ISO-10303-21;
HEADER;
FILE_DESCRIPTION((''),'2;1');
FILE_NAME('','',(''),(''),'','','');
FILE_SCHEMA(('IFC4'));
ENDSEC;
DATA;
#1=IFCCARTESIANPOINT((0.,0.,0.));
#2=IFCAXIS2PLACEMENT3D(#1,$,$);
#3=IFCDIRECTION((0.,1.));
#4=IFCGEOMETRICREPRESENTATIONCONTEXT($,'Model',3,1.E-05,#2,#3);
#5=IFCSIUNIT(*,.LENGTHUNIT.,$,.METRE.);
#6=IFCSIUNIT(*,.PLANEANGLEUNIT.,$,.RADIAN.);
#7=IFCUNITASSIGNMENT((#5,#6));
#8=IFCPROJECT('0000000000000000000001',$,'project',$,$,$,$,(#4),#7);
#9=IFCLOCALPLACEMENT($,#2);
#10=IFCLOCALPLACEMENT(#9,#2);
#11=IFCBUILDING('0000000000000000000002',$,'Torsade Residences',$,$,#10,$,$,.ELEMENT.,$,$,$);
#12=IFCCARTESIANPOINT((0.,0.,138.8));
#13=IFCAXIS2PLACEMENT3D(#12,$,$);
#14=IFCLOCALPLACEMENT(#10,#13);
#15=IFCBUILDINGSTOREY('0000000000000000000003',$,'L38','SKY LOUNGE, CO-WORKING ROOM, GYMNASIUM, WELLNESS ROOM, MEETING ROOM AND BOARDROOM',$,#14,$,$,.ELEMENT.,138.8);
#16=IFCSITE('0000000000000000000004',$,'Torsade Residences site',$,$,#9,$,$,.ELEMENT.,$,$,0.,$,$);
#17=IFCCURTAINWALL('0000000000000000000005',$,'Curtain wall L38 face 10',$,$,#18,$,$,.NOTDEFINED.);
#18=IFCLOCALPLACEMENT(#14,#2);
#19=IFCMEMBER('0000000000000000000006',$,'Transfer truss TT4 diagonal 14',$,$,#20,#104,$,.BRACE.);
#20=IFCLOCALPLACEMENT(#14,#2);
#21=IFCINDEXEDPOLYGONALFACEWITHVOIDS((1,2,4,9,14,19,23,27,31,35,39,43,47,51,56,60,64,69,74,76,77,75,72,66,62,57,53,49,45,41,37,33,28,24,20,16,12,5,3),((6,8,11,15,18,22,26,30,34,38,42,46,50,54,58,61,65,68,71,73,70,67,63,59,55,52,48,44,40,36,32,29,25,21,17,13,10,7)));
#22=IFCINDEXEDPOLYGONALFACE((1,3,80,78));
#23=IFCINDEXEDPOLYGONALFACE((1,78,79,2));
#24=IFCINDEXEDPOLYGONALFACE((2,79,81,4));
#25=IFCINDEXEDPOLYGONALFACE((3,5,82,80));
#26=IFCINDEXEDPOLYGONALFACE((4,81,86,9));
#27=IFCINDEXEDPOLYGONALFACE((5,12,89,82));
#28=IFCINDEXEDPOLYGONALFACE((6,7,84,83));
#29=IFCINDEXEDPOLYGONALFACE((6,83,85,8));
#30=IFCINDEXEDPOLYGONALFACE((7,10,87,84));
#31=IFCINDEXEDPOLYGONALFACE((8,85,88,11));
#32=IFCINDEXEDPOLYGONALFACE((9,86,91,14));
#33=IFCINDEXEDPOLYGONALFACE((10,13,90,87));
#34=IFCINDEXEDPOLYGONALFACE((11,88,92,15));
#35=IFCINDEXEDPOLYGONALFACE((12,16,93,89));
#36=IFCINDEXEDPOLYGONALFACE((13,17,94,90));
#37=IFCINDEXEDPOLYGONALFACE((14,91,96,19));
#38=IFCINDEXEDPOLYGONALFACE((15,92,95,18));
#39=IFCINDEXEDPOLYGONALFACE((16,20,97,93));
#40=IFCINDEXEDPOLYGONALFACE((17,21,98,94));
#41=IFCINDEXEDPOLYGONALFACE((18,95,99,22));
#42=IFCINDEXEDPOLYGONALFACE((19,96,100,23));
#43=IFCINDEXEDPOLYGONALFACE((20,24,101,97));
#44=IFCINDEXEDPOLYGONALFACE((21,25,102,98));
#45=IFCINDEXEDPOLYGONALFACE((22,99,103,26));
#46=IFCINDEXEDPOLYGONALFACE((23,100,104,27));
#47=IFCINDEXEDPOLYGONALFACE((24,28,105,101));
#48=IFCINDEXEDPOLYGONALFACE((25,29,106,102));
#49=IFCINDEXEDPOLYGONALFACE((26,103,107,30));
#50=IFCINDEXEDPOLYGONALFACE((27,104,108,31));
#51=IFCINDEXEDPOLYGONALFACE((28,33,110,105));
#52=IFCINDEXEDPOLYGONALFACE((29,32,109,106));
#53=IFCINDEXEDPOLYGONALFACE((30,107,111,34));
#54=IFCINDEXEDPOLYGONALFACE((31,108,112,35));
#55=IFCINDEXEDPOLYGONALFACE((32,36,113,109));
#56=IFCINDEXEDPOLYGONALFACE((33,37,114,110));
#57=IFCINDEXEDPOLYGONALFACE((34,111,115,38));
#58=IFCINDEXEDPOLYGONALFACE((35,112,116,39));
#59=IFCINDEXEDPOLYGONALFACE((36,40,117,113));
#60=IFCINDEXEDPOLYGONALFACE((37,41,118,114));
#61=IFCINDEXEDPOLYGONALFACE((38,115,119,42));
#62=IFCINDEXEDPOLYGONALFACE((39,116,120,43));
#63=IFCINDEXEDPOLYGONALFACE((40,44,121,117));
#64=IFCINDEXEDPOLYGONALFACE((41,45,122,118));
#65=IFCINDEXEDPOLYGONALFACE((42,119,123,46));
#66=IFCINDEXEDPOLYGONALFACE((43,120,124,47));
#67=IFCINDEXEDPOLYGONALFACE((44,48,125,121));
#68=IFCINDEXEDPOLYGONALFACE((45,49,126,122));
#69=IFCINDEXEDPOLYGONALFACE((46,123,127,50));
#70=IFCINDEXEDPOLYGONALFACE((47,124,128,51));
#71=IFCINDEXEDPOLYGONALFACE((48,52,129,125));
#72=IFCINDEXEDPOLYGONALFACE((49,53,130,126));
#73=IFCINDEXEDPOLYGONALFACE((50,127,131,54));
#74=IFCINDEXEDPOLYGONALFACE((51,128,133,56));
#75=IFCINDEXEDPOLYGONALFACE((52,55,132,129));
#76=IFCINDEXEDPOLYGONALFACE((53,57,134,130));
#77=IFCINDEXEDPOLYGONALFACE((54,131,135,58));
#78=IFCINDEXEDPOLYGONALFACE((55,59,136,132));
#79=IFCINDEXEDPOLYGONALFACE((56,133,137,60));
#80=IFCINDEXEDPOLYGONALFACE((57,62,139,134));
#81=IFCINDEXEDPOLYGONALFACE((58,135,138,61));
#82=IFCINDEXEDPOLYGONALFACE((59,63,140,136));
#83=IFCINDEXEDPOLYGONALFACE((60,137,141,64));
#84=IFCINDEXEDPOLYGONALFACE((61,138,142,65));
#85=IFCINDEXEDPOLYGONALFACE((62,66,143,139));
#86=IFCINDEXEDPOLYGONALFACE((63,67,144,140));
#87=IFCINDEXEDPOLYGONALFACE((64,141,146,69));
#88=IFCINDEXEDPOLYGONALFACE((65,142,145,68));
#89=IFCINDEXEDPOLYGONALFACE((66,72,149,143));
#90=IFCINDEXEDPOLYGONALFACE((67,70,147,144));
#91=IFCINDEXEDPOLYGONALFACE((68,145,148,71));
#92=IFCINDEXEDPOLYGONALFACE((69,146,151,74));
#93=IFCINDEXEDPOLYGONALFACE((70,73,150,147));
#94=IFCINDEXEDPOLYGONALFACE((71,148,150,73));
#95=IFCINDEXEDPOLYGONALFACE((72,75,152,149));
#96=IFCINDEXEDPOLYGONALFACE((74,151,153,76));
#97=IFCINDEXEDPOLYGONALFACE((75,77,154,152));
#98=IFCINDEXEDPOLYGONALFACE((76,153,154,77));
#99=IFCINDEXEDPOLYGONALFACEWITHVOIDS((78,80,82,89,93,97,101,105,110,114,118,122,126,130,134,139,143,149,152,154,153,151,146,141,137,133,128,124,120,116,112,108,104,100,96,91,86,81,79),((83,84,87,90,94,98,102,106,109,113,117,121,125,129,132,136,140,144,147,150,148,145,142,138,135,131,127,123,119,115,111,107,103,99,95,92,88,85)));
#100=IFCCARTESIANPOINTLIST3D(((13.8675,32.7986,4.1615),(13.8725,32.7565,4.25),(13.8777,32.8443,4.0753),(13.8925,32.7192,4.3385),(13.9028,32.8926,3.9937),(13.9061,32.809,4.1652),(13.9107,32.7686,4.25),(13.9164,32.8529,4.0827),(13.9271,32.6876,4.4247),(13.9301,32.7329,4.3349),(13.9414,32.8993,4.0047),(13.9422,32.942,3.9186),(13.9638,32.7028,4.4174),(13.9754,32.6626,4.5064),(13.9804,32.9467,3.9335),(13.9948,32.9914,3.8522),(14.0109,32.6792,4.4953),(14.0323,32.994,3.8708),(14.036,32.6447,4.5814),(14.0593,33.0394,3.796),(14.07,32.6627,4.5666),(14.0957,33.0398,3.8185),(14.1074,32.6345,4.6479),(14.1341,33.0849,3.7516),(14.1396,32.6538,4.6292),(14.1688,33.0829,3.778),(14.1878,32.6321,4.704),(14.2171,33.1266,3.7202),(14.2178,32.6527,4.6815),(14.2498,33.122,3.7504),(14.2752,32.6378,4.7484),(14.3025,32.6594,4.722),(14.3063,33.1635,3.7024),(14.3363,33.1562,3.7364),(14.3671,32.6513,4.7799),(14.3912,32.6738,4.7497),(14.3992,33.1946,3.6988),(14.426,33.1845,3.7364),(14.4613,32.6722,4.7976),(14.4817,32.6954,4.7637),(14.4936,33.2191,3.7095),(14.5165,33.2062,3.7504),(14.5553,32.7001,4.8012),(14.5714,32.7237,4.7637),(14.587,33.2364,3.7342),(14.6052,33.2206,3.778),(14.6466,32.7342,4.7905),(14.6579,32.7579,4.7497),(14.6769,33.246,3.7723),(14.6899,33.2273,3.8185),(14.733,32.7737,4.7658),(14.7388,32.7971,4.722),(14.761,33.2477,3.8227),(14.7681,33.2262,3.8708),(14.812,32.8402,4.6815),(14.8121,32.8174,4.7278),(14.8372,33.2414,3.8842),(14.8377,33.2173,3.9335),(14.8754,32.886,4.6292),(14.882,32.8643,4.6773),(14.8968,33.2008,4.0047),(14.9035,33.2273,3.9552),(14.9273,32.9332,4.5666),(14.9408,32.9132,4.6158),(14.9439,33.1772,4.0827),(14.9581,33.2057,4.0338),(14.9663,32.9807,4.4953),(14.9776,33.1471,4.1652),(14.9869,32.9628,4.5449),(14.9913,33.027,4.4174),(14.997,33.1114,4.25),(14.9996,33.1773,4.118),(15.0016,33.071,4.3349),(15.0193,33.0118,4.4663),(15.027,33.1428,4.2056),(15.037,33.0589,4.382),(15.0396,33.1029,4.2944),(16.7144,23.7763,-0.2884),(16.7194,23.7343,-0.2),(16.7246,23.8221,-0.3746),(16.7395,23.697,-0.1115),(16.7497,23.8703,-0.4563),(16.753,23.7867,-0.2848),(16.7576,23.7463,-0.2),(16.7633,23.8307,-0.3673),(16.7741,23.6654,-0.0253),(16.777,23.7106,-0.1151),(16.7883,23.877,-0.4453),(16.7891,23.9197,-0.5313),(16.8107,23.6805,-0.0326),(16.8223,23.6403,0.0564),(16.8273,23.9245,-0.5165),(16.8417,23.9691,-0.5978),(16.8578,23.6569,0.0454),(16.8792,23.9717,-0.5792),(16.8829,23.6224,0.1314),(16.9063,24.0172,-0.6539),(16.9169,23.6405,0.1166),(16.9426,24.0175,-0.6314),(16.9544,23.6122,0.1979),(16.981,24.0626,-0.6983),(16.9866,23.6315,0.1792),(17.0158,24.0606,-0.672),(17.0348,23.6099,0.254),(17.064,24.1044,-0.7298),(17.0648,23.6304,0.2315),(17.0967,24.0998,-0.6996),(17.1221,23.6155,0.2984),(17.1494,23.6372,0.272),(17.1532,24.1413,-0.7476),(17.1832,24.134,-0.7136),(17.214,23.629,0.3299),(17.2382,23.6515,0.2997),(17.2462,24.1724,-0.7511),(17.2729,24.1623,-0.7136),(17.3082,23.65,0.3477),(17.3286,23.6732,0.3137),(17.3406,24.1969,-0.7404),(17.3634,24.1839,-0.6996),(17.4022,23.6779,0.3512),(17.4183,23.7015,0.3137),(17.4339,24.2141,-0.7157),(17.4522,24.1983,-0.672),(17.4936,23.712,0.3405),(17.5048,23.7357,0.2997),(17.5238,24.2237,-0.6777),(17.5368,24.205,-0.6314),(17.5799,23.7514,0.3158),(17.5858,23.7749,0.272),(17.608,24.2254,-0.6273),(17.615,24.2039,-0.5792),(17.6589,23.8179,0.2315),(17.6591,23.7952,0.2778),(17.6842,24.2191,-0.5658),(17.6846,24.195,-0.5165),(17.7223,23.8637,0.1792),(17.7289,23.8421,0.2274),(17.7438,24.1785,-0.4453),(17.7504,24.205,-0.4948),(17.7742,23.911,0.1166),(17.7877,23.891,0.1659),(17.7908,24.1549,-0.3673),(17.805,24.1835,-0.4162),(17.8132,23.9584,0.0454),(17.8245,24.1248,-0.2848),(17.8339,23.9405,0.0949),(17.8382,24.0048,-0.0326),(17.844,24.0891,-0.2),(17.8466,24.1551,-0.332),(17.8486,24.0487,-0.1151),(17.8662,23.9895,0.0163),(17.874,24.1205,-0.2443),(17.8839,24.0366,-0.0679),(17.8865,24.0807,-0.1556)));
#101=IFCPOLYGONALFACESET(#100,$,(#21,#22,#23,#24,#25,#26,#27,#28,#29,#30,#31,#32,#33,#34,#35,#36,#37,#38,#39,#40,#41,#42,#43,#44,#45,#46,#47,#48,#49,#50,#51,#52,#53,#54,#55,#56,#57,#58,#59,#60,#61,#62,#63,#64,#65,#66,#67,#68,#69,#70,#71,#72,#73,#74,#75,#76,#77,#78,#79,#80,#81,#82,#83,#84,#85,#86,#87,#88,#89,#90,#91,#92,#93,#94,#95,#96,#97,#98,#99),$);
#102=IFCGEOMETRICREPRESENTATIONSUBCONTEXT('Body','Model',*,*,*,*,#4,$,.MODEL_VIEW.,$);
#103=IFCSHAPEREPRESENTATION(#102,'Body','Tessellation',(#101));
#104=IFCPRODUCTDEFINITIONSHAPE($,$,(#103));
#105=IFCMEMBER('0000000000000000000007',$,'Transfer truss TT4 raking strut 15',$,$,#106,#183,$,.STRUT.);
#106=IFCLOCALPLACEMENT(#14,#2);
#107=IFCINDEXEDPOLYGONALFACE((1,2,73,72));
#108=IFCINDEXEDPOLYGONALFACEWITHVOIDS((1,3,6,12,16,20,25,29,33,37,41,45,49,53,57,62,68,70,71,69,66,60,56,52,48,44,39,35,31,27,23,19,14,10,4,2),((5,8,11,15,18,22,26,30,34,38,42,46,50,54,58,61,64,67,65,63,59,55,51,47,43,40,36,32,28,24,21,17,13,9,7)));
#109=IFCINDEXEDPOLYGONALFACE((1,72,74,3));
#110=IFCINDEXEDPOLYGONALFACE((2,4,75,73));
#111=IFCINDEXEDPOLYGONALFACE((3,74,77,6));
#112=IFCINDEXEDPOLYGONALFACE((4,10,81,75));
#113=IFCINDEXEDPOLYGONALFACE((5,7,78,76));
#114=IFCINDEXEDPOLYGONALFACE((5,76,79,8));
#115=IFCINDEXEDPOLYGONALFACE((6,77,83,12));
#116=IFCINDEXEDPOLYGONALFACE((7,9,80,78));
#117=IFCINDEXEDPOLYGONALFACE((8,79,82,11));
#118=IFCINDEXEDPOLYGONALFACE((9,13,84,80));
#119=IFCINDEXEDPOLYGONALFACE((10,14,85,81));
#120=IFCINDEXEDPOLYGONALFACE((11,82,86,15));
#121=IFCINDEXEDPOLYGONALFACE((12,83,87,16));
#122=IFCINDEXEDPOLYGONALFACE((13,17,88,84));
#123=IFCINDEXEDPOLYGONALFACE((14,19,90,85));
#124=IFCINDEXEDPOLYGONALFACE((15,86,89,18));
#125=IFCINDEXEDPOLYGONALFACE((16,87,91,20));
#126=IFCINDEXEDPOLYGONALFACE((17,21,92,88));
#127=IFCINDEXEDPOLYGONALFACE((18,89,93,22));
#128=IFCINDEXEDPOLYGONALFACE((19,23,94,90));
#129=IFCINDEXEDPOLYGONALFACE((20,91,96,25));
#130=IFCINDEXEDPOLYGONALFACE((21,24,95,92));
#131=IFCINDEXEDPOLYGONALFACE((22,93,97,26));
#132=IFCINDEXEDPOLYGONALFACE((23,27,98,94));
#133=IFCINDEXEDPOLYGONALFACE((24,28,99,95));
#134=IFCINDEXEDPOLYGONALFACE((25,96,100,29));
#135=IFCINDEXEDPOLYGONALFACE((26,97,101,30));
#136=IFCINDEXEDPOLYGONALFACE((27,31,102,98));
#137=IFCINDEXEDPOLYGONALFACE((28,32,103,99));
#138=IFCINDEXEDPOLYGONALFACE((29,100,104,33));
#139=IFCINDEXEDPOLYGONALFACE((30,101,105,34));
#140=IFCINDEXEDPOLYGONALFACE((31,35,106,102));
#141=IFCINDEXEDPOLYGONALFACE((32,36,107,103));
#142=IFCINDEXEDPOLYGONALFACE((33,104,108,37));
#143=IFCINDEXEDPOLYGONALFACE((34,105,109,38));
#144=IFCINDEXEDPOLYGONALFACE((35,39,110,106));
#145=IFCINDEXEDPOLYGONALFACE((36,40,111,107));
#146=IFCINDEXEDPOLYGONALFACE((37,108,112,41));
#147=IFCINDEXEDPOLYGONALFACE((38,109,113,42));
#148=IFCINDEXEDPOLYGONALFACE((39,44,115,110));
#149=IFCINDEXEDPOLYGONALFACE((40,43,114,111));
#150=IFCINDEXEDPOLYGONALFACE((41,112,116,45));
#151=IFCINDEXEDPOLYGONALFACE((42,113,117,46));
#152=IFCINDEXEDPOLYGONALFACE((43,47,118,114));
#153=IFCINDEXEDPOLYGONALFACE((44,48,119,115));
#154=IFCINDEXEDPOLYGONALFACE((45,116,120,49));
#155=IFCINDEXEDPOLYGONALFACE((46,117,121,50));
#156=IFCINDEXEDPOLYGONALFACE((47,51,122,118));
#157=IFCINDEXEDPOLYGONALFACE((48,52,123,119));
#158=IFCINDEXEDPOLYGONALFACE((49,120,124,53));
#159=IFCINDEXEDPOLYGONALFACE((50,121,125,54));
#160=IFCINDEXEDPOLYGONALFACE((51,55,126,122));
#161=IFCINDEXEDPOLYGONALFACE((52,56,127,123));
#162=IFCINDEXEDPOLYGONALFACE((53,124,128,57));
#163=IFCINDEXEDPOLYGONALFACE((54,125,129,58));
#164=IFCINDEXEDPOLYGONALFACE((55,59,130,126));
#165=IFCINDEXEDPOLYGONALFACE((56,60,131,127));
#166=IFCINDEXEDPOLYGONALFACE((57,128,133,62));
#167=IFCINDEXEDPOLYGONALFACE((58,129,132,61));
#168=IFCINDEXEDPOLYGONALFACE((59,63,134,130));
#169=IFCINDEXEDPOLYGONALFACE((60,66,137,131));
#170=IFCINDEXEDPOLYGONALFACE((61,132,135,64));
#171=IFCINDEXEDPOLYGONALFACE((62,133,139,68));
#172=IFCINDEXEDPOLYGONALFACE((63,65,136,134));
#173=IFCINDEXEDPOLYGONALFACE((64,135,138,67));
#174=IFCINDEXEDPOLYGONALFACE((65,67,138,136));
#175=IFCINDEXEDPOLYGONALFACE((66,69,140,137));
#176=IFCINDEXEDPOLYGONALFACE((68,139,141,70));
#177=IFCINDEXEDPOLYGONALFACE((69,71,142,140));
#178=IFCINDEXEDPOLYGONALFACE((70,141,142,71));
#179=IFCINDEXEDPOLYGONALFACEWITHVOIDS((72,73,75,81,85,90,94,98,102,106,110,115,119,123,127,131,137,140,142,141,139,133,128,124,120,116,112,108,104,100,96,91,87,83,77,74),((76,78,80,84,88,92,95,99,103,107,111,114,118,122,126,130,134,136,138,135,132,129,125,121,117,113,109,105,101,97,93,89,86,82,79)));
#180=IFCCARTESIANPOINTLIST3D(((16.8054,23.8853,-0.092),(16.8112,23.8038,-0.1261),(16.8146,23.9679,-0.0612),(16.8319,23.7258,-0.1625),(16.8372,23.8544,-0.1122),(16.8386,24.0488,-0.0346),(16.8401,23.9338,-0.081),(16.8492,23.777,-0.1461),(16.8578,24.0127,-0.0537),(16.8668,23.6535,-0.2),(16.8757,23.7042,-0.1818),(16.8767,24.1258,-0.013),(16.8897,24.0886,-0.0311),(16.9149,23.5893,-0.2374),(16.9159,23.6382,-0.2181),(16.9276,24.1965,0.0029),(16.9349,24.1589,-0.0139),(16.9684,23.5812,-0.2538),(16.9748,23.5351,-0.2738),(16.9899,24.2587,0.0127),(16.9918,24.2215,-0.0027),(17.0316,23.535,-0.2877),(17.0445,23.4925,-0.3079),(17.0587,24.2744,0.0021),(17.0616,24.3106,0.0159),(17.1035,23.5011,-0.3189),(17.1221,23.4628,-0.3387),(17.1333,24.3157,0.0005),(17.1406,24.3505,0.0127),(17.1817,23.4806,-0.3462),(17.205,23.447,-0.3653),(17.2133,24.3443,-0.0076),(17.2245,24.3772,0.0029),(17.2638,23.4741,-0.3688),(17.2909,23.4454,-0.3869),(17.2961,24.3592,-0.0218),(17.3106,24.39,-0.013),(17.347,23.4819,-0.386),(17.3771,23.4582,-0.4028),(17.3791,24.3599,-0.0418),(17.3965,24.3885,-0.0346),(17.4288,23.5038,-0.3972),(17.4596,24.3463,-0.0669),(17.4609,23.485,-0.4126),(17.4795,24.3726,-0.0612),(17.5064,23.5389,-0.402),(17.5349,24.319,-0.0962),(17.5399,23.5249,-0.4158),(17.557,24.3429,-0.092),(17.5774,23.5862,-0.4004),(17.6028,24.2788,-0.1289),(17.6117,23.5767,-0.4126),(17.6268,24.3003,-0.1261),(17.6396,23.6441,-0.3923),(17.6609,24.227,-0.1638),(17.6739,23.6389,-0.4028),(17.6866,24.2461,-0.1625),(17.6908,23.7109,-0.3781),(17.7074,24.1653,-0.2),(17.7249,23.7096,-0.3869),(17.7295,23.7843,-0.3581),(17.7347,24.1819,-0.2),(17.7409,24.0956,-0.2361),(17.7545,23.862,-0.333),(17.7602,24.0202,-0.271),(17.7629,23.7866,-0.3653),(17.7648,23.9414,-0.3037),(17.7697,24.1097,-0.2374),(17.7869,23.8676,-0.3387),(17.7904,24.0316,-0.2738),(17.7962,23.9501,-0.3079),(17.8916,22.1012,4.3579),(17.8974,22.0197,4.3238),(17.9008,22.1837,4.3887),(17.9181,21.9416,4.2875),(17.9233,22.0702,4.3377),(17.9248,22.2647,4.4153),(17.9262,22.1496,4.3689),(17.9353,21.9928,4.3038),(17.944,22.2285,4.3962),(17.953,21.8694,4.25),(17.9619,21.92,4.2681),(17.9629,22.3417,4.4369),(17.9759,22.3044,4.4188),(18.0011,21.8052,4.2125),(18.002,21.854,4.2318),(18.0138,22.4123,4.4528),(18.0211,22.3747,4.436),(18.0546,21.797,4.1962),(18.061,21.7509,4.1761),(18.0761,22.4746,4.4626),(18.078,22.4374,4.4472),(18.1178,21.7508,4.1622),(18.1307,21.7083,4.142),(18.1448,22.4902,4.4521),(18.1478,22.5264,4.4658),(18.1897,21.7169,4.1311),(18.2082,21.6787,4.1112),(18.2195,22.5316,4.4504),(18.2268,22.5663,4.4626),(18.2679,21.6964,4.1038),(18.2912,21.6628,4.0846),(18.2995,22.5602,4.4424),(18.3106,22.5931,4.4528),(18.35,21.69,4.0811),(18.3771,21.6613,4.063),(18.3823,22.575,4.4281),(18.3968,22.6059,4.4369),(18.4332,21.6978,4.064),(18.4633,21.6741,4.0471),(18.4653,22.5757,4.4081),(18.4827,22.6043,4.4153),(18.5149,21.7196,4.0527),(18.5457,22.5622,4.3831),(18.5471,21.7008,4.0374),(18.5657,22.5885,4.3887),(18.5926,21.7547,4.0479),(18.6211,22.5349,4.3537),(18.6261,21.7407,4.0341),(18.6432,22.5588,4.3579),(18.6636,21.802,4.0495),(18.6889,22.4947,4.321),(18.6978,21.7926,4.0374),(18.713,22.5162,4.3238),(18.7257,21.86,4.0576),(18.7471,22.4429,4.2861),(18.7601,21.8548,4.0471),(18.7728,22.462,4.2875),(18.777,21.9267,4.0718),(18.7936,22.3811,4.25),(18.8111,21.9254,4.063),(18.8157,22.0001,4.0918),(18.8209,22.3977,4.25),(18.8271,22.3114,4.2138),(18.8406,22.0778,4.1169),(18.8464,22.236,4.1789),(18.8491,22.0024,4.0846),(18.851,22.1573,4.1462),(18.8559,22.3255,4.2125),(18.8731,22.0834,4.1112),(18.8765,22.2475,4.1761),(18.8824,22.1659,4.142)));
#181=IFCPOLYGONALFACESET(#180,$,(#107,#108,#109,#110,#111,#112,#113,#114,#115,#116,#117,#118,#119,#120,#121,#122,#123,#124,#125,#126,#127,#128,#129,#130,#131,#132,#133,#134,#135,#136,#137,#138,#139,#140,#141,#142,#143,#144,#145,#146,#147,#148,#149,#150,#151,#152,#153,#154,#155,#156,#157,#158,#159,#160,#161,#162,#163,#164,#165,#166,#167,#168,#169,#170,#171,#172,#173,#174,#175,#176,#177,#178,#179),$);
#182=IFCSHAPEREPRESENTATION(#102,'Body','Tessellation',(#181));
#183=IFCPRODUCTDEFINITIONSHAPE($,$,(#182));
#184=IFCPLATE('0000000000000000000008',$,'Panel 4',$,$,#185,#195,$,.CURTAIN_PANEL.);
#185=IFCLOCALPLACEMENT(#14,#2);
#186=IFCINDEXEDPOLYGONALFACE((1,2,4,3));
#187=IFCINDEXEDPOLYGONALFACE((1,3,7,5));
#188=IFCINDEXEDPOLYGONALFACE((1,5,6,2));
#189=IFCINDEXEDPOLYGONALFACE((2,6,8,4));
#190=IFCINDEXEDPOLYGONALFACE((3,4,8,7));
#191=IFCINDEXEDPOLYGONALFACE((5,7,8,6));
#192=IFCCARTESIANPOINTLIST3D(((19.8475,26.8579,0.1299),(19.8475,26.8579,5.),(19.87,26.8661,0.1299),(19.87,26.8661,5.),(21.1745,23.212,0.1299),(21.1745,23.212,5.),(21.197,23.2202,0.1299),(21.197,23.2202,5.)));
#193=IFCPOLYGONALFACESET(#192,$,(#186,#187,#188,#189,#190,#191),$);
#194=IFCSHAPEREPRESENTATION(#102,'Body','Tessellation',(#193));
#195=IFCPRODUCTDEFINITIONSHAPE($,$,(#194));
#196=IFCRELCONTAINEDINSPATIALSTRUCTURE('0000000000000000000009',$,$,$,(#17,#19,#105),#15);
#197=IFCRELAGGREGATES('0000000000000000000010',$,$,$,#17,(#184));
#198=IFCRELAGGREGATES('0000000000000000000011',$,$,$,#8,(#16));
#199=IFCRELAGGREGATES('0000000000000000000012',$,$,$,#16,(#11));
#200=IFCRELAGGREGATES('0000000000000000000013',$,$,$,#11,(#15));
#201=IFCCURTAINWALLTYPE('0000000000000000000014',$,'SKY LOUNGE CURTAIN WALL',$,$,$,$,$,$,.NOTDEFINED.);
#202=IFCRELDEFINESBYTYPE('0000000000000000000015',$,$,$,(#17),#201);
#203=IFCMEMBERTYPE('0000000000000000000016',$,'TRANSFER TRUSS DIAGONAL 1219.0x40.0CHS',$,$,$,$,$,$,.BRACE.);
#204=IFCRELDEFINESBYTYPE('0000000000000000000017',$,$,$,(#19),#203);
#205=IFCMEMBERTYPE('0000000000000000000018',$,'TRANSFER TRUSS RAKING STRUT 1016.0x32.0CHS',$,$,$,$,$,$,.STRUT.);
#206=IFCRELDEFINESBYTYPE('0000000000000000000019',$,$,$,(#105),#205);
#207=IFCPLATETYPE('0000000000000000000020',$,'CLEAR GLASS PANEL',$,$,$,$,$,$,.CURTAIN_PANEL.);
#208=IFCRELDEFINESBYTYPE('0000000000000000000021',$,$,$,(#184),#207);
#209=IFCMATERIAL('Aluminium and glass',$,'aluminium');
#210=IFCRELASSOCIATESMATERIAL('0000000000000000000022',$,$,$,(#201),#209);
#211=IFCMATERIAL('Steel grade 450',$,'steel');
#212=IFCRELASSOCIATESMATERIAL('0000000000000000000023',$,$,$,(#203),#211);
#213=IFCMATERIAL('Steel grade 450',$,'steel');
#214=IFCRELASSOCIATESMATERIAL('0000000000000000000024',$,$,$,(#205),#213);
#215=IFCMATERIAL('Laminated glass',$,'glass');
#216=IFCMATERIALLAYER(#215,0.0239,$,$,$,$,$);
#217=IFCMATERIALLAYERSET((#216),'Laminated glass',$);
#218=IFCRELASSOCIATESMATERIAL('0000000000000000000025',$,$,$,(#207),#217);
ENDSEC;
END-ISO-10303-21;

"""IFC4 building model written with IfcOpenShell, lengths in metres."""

from ifc_helpers import new_model, si_unit, direction, frame, origin, origin_2d, place, context, subcontext, project, spatial, rectangle, hollow_circle, extrude, material, layer, layer_set, material_profile, profile_set, type_object, element, aggregate, save


model = new_model("IFC4")

# Units and contexts
model_context = context("Model", 3, precision=1e-05, world=origin(), true_north=direction((0.0, 1.0)))
body_context = subcontext(model_context, "Body", "Model", "MODEL_VIEW")
ifc_project = project(units=[si_unit("LENGTHUNIT", "METRE"), si_unit("PLANEANGLEUNIT", "RADIAN")], contexts=[model_context])

# Site, building, storey
site_placement = place(None, origin())
site = spatial("IfcSite", under=ifc_project, at=site_placement, Name="Torsade Residences site", CompositionType="ELEMENT", RefElevation=0.0)
building_placement = place(site_placement, origin())
building = spatial("IfcBuilding", under=site, at=building_placement, Name="Torsade Residences", CompositionType="ELEMENT")
storey_placement = place(building_placement, frame((0.0, 0.0, 138.8)))
storey = spatial("IfcBuildingStorey", under=building, at=storey_placement, Name="L38", Description="SKY LOUNGE, CO-WORKING ROOM, GYMNASIUM, WELLNESS ROOM, MEETING ROOM AND BOARDROOM", CompositionType="ELEMENT", Elevation=138.8)

# Curtain wall
ifc_material_1 = material(Name="Aluminium and glass", Category="aluminium")
curtain_wall_type = type_object("IfcCurtainWallType", Name="SKY LOUNGE CURTAIN WALL", PredefinedType="NOTDEFINED", material=ifc_material_1)
curtain_wall_placement = place(storey_placement, origin())
curtain_wall = element("IfcCurtainWall", 1, at=curtain_wall_placement, inside=storey, type_object=curtain_wall_type, Name="Curtain wall L38 face 10", PredefinedType="NOTDEFINED")

# Members
ifc_material_2 = material(Name="Steel grade 450", Category="steel")
ifc_material_profile_1 = material_profile(ifc_material_2, hollow_circle(Radius=0.6096, WallThickness=0.04, at=origin_2d()), Name="1219.0x40.0CHS")
ifc_profile_set_1 = profile_set([ifc_material_profile_1], Name="Steel grade 450")
member_type_1 = type_object("IfcMemberType", Name="TRANSFER TRUSS DIAGONAL 1219.0x40.0CHS", PredefinedType="BRACE", material=ifc_profile_set_1)
member_1_placement = place(storey_placement, frame((17.3008, 23.9177, -0.2), z_axis=(-0.272302, 0.862956, 0.425628), x_axis=(-0.953649, -0.30092, 0.0)))
element("IfcMember", 2, at=member_1_placement, inside=storey, type_object=member_type_1, Name="Transfer truss TT4 diagonal 14", PredefinedType="BRACE", context=body_context, shape_type="SweptSolid", body=[
    extrude(hollow_circle(Radius=0.6096, WallThickness=0.04, at=origin_2d()), origin(), (0.0, 0.0, 1.0), 10.4551),
])
ifc_material_3 = material(Name="Steel grade 450", Category="steel")
ifc_material_profile_2 = material_profile(ifc_material_3, hollow_circle(Radius=0.5081, WallThickness=0.032, at=origin_2d()), Name="1016.0x32.0CHS")
ifc_profile_set_2 = profile_set([ifc_material_profile_2], Name="Steel grade 450")
member_type_2 = type_object("IfcMemberType", Name="TRANSFER TRUSS RAKING STRUT 1016.0x32.0CHS", PredefinedType="STRUT", material=ifc_profile_set_2)
member_2_placement = place(storey_placement, frame((17.3008, 23.9177, -0.2), z_axis=(0.220957, -0.362948, 0.905233), x_axis=(0.854165, 0.520003, 0.0)))
element("IfcMember", 3, at=member_2_placement, inside=storey, type_object=member_type_2, Name="Transfer truss TT4 raking strut 15", PredefinedType="STRUT", context=body_context, shape_type="SweptSolid", body=[
    extrude(hollow_circle(Radius=0.5081, WallThickness=0.032, at=origin_2d()), origin(), (0.0, 0.0, 1.0), 4.9158),
])

# Plate
ifc_material_4 = material(Name="Laminated glass", Category="glass")
ifc_layer_1 = layer(ifc_material_4, 0.0239)
ifc_layer_set_1 = layer_set([ifc_layer_1], Name="Laminated glass")
plate_type = type_object("IfcPlateType", Name="CLEAR GLASS PANEL", PredefinedType="CURTAIN_PANEL", material=ifc_layer_set_1)
plate_1_placement = place(storey_placement, frame((20.5222, 25.0391, 0.1299), z_axis=(0.0, 0.0, 1.0), x_axis=(0.34202, -0.939693, 0.0)))
plate_1 = element("IfcPlate", 4, at=plate_1_placement, type_object=plate_type, Name="Panel 4", PredefinedType="CURTAIN_PANEL", context=body_context, shape_type="SweptSolid", body=[
    extrude(rectangle(XDim=3.8799, YDim=0.0239, at=origin_2d()), origin(), (0.0, 0.0, 1.0), 4.8701),
])
aggregate(curtain_wall, [plate_1])

save(model, "model.ifc")
